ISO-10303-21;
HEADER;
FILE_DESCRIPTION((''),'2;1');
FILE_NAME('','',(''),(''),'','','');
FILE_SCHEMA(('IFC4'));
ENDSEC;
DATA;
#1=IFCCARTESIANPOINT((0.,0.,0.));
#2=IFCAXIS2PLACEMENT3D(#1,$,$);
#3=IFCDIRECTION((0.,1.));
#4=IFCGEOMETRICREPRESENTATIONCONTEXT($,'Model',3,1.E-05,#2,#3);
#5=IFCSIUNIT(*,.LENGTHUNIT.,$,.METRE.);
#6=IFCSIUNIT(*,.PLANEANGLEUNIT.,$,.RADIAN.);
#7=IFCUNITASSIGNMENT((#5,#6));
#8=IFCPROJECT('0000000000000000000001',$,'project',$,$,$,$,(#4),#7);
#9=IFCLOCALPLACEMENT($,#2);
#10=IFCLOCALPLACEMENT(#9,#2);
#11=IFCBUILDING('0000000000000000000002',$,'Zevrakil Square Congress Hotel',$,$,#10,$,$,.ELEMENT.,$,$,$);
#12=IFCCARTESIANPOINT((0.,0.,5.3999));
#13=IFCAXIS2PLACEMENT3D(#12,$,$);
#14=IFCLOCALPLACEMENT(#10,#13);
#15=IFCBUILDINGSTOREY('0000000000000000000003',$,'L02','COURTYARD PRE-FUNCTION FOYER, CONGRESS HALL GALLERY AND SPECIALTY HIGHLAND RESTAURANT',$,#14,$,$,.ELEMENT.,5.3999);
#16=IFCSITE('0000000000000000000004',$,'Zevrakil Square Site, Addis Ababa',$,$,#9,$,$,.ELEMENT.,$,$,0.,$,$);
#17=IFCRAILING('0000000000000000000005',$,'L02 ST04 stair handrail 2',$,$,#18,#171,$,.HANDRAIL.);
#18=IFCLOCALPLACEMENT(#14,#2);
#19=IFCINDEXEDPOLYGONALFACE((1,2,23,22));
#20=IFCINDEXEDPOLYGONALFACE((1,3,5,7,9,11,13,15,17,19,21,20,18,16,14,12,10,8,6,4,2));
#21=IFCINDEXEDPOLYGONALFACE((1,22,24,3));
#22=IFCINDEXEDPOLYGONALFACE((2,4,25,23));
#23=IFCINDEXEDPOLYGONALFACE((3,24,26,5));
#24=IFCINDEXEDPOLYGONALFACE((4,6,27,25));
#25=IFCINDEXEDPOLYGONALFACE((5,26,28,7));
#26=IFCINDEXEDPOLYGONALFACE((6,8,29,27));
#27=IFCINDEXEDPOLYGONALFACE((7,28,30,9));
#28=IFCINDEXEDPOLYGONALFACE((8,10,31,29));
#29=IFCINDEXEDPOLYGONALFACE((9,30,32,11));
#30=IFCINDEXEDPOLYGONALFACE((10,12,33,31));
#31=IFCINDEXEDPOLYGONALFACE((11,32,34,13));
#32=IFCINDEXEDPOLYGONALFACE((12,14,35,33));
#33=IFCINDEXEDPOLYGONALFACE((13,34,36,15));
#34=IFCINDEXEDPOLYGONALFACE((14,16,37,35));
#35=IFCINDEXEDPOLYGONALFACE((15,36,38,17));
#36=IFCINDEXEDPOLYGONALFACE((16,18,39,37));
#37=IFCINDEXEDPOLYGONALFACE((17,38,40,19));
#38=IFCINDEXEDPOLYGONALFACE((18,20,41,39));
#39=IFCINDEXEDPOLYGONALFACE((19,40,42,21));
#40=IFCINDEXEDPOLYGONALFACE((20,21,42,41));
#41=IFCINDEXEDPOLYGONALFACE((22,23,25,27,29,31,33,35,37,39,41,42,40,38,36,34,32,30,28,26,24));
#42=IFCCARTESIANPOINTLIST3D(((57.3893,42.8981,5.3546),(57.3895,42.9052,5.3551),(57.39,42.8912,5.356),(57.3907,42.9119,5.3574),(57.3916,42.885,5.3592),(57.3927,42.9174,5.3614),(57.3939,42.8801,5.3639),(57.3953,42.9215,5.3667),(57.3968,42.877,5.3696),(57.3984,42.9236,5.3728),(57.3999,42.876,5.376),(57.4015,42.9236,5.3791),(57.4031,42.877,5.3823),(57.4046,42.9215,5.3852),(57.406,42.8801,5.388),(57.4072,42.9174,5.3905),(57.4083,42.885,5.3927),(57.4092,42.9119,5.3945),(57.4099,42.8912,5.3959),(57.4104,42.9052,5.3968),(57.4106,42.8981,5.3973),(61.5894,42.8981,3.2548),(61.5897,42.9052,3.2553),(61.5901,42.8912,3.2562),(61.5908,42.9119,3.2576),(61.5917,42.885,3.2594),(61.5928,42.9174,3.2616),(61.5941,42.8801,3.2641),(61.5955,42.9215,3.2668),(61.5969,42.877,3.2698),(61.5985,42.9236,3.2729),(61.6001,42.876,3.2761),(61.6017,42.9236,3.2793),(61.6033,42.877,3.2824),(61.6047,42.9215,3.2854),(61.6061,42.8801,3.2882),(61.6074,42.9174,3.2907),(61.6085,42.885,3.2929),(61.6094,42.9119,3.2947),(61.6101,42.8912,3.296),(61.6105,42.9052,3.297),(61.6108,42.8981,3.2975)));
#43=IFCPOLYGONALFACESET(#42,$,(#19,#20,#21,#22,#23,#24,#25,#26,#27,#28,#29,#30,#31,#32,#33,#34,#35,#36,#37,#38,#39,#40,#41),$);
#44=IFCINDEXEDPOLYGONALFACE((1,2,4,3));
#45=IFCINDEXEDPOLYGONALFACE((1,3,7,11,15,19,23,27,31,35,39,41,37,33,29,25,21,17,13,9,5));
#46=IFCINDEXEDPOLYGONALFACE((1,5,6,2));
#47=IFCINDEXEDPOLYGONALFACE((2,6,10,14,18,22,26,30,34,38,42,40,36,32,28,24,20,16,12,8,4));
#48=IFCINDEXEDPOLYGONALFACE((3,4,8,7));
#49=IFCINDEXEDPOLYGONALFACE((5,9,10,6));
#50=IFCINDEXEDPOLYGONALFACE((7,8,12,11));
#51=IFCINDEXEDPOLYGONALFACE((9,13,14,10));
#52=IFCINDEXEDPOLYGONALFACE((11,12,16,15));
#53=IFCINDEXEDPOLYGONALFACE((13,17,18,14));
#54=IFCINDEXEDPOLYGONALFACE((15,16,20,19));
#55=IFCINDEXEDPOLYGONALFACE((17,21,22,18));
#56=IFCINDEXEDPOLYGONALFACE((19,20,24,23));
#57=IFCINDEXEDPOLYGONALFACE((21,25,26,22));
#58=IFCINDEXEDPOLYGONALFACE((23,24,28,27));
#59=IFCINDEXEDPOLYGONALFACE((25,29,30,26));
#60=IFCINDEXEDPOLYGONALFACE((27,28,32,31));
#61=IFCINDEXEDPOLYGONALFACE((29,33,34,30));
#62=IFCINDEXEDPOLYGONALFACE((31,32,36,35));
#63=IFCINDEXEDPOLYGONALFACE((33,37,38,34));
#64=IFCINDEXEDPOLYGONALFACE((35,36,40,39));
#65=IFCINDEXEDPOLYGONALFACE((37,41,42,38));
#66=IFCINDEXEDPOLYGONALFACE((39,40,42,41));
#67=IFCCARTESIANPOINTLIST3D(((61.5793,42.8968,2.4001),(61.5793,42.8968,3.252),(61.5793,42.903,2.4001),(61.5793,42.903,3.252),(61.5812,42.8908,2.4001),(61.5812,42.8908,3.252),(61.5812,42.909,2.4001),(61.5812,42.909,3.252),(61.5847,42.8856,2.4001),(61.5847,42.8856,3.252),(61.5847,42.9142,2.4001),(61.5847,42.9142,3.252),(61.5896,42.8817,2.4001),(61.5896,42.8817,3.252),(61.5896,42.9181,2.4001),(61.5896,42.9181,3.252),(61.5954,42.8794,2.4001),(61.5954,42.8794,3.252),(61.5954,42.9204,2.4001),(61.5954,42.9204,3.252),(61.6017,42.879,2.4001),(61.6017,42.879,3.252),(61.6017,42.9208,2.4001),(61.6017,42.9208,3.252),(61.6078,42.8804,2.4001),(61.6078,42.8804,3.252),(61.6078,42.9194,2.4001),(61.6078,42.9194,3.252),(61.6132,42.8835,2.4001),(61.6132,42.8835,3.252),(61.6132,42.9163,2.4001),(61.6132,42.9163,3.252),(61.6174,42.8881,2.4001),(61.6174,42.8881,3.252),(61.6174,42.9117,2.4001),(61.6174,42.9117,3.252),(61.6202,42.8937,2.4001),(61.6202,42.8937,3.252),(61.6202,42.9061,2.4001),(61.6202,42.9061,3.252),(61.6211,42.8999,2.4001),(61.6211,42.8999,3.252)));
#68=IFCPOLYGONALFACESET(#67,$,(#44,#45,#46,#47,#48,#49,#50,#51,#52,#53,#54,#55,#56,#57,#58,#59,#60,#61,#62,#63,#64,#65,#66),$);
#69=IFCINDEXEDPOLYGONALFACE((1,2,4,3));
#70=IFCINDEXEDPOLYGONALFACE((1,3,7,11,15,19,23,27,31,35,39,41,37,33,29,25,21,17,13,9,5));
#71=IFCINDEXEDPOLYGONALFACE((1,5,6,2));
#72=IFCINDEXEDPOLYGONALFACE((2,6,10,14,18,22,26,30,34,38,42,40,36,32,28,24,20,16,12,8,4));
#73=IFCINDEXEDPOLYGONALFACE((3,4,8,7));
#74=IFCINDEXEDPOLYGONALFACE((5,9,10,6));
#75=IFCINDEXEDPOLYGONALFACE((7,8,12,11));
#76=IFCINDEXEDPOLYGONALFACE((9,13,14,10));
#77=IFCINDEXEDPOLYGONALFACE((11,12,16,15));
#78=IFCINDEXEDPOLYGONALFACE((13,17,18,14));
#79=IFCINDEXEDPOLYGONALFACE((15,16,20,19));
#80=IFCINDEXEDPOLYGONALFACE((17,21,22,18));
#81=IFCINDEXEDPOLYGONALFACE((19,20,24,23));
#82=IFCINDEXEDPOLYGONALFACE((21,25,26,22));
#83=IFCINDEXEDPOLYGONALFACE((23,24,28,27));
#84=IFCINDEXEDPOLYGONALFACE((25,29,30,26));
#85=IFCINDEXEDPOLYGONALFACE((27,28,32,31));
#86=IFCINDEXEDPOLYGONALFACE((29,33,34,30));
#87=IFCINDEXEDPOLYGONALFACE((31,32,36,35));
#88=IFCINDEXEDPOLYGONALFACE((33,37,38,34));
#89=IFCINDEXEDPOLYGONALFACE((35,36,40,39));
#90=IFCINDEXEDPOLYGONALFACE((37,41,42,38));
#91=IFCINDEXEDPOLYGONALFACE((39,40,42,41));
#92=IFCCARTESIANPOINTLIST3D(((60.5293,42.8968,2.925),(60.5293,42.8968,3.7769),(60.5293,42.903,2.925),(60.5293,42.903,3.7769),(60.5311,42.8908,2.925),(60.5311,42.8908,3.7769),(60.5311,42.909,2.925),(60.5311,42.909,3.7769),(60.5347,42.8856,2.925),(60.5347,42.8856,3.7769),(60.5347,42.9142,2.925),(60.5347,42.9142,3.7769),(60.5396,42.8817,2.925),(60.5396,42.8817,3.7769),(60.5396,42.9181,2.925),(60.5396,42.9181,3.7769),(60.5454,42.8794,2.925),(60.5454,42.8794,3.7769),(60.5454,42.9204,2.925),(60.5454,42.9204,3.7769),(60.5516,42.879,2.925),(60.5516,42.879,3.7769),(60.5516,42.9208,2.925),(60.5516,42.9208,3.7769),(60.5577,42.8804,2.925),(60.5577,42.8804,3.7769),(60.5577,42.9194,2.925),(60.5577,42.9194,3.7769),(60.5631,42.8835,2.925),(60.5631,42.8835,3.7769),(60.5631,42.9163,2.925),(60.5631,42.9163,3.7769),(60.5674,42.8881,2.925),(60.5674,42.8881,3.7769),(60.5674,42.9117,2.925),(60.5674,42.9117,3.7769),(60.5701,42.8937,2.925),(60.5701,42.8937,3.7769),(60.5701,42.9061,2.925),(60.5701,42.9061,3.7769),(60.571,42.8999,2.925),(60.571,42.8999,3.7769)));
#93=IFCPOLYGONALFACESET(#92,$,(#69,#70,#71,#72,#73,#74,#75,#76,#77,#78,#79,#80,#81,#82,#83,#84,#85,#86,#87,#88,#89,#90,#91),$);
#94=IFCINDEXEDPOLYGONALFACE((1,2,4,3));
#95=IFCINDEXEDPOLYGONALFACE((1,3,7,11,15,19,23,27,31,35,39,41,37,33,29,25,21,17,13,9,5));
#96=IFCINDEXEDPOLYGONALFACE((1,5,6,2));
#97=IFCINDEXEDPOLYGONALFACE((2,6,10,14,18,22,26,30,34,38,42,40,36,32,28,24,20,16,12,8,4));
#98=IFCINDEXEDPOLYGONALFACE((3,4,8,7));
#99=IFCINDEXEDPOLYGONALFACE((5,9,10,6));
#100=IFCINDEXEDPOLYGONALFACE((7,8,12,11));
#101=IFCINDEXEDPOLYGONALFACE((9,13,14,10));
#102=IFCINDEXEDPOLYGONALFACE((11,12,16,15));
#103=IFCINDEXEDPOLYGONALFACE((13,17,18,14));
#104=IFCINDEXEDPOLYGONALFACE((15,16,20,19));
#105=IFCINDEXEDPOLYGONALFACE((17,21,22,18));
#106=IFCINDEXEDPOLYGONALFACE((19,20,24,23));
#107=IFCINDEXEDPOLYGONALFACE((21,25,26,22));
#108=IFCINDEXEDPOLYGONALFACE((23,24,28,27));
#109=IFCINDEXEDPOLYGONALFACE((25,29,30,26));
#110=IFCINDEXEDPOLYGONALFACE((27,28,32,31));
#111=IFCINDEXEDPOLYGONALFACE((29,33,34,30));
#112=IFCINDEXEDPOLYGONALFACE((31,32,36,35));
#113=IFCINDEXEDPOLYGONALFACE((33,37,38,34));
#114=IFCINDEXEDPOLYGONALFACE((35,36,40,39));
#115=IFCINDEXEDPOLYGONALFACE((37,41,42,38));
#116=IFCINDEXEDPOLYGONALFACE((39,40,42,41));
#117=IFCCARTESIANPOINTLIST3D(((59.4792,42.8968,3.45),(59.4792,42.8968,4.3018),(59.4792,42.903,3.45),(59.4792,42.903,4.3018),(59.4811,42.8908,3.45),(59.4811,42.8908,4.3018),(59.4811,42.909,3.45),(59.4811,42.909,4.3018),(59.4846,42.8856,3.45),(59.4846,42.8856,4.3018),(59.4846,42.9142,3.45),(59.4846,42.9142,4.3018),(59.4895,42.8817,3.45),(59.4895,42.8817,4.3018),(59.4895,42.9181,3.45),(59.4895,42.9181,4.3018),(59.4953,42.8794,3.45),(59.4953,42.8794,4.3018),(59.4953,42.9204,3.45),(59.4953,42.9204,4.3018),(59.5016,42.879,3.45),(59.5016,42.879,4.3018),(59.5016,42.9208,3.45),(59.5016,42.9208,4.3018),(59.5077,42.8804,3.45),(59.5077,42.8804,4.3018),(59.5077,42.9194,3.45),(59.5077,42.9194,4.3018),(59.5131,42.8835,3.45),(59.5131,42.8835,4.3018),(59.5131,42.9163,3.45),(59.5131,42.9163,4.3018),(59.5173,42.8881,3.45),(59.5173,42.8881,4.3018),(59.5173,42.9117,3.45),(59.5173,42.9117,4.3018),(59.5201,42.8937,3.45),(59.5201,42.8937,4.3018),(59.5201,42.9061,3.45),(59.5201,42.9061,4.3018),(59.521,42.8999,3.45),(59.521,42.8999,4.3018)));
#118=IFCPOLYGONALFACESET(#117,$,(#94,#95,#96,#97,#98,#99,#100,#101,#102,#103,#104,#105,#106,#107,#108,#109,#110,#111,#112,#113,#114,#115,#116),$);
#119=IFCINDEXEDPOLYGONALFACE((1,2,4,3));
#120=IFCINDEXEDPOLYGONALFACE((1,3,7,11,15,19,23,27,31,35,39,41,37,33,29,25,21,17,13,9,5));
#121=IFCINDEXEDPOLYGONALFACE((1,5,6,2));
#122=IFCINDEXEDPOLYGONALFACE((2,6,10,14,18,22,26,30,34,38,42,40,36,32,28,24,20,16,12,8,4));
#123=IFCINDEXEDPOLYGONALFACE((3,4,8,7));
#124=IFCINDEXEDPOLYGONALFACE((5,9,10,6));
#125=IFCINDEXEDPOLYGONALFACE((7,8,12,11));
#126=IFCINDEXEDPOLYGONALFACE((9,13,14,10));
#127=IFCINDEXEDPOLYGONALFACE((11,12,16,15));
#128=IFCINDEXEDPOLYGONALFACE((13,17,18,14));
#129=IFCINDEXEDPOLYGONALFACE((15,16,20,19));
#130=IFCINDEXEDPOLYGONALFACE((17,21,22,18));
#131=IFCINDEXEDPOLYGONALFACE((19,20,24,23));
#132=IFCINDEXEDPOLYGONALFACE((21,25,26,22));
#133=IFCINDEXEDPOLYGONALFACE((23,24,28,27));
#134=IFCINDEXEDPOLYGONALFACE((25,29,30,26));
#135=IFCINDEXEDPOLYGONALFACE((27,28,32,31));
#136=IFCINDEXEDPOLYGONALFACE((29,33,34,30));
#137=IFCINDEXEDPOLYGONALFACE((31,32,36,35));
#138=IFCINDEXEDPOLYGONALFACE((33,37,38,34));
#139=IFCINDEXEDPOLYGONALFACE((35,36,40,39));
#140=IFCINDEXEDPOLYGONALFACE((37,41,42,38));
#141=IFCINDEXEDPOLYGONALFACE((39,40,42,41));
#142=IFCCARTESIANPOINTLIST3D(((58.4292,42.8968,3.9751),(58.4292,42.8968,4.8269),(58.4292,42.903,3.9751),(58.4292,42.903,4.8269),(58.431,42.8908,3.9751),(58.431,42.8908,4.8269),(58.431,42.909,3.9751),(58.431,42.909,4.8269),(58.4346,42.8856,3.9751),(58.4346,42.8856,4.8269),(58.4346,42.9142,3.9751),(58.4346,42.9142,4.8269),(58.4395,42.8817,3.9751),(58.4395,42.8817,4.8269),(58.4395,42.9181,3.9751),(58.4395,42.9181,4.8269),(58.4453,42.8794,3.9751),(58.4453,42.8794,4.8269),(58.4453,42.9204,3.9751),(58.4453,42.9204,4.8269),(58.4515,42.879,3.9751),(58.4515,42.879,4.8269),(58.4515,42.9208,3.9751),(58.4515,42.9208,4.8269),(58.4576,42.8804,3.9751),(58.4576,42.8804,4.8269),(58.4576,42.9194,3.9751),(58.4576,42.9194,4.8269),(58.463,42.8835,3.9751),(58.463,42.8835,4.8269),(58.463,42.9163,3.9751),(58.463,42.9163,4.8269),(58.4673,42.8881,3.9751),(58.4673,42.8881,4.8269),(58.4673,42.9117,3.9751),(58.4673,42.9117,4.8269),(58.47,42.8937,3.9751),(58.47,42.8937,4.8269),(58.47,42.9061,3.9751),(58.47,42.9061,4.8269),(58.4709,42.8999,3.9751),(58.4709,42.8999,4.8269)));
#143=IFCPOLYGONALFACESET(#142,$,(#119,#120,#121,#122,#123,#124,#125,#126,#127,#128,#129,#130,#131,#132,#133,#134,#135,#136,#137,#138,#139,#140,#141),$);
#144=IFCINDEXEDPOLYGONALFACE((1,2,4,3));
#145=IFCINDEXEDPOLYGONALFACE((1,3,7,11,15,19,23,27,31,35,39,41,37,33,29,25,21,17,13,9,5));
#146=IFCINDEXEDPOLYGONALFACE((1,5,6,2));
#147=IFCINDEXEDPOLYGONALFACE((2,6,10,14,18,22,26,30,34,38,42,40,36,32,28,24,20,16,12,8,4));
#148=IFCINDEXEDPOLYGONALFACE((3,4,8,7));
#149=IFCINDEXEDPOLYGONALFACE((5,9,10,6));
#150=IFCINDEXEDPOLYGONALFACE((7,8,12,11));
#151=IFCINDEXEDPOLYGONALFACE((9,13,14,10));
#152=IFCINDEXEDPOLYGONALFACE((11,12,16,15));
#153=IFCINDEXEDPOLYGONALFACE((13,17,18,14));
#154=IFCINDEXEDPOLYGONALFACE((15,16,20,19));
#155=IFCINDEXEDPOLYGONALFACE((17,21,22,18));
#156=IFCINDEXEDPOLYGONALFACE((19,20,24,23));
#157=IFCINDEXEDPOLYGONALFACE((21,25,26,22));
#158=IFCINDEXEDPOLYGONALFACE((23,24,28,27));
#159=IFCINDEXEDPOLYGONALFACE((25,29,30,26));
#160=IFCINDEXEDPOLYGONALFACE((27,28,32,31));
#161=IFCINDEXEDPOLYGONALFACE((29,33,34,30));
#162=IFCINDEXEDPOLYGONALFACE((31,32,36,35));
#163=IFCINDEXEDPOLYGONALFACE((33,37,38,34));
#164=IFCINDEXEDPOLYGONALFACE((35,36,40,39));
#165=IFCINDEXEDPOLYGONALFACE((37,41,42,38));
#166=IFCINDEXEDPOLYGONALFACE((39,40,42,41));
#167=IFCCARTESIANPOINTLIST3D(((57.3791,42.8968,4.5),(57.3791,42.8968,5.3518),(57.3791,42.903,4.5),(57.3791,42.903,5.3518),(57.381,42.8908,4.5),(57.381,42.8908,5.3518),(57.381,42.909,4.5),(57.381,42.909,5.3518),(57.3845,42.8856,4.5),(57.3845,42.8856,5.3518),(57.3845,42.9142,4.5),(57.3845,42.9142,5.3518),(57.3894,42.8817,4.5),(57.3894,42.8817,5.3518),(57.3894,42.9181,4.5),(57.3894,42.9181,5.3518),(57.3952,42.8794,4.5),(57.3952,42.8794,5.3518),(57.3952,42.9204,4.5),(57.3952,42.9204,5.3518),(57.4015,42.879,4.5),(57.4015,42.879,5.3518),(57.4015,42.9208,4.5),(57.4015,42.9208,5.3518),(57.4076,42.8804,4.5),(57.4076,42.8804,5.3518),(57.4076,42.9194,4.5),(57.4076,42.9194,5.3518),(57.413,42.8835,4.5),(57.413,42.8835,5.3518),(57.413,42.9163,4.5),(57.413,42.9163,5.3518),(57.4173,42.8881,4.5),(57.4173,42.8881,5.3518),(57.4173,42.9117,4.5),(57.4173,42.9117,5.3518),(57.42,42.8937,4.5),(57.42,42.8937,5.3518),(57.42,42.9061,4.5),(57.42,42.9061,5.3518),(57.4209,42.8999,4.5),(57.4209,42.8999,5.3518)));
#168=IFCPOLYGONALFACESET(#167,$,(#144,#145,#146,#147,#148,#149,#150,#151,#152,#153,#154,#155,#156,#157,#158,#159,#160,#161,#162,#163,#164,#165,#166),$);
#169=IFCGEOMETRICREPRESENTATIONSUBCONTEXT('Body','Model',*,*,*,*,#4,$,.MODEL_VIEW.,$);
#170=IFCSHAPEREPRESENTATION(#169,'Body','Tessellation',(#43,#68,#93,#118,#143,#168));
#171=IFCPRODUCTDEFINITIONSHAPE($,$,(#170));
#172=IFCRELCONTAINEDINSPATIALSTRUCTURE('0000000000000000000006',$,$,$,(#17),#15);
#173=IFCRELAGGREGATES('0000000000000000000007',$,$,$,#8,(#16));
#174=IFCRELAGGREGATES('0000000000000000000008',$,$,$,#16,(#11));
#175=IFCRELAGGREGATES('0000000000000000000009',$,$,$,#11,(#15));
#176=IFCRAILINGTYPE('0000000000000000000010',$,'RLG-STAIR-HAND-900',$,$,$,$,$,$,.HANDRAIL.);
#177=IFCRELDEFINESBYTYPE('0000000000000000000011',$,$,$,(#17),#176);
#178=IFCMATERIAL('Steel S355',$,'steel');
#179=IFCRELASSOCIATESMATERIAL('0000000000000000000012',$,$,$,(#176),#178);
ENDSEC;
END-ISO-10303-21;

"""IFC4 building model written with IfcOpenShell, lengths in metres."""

from ifc_helpers import new_model, si_unit, direction, frame, origin, origin_2d, place, context, subcontext, project, spatial, circle, extrude, material, type_object, element, save


model = new_model("IFC4")

# Units and contexts
model_context = context("Model", 3, precision=1e-05, world=origin(), true_north=direction((0.0, 1.0)))
body_context = subcontext(model_context, "Body", "Model", "MODEL_VIEW")
ifc_project = project(units=[si_unit("LENGTHUNIT", "METRE"), si_unit("PLANEANGLEUNIT", "RADIAN")], contexts=[model_context])

# Site, building, storey
site_placement = place(None, origin())
site = spatial("IfcSite", under=ifc_project, at=site_placement, Name="Zevrakil Square Site, Addis Ababa", CompositionType="ELEMENT", RefElevation=0.0)
building_placement = place(site_placement, origin())
building = spatial("IfcBuilding", under=site, at=building_placement, Name="Zevrakil Square Congress Hotel", CompositionType="ELEMENT")
storey_placement = place(building_placement, frame((0.0, 0.0, 5.3999)))
storey = spatial("IfcBuildingStorey", under=building, at=storey_placement, Name="L02", Description="COURTYARD PRE-FUNCTION FOYER, CONGRESS HALL GALLERY AND SPECIALTY HIGHLAND RESTAURANT", CompositionType="ELEMENT", Elevation=5.3999)

# Railing
ifc_material_1 = material(Name="Steel S355", Category="steel")
railing_type_1 = type_object("IfcRailingType", Name="RLG-STAIR-HAND-900", PredefinedType="HANDRAIL", material=ifc_material_1)
railing_1_placement = place(storey_placement, frame((61.6001, 42.8999, 2.4001)))
element("IfcRailing", 1, at=railing_1_placement, inside=storey, type_object=railing_type_1, Name="L02 ST04 stair handrail 2", PredefinedType="HANDRAIL", context=body_context, shape_type="SweptSolid", body=[
    extrude(circle(Radius=0.0239, at=origin_2d()), frame((0.0, 0.0, 0.876), z_axis=(-0.894448, 0.0, 0.447172), x_axis=(0.0, -1.0, 0.0)), (0.0, 0.0, 1.0), 4.6958),
    extrude(circle(Radius=0.021, at=origin_2d()), origin(), (0.0, 0.0, 1.0), 0.8518),
    extrude(circle(Radius=0.021, at=origin_2d()), frame((-1.05, 0.0, 0.5249)), (0.0, 0.0, 1.0), 0.8518),
    extrude(circle(Radius=0.021, at=origin_2d()), frame((-2.1001, 0.0, 1.0498)), (0.0, 0.0, 1.0), 0.8518),
    extrude(circle(Radius=0.021, at=origin_2d()), frame((-3.1501, 0.0, 1.575)), (0.0, 0.0, 1.0), 0.8518),
    extrude(circle(Radius=0.021, at=origin_2d()), frame((-4.2002, 0.0, 2.0999)), (0.0, 0.0, 1.0), 0.8518),
])

save(model, "model.ifc")
